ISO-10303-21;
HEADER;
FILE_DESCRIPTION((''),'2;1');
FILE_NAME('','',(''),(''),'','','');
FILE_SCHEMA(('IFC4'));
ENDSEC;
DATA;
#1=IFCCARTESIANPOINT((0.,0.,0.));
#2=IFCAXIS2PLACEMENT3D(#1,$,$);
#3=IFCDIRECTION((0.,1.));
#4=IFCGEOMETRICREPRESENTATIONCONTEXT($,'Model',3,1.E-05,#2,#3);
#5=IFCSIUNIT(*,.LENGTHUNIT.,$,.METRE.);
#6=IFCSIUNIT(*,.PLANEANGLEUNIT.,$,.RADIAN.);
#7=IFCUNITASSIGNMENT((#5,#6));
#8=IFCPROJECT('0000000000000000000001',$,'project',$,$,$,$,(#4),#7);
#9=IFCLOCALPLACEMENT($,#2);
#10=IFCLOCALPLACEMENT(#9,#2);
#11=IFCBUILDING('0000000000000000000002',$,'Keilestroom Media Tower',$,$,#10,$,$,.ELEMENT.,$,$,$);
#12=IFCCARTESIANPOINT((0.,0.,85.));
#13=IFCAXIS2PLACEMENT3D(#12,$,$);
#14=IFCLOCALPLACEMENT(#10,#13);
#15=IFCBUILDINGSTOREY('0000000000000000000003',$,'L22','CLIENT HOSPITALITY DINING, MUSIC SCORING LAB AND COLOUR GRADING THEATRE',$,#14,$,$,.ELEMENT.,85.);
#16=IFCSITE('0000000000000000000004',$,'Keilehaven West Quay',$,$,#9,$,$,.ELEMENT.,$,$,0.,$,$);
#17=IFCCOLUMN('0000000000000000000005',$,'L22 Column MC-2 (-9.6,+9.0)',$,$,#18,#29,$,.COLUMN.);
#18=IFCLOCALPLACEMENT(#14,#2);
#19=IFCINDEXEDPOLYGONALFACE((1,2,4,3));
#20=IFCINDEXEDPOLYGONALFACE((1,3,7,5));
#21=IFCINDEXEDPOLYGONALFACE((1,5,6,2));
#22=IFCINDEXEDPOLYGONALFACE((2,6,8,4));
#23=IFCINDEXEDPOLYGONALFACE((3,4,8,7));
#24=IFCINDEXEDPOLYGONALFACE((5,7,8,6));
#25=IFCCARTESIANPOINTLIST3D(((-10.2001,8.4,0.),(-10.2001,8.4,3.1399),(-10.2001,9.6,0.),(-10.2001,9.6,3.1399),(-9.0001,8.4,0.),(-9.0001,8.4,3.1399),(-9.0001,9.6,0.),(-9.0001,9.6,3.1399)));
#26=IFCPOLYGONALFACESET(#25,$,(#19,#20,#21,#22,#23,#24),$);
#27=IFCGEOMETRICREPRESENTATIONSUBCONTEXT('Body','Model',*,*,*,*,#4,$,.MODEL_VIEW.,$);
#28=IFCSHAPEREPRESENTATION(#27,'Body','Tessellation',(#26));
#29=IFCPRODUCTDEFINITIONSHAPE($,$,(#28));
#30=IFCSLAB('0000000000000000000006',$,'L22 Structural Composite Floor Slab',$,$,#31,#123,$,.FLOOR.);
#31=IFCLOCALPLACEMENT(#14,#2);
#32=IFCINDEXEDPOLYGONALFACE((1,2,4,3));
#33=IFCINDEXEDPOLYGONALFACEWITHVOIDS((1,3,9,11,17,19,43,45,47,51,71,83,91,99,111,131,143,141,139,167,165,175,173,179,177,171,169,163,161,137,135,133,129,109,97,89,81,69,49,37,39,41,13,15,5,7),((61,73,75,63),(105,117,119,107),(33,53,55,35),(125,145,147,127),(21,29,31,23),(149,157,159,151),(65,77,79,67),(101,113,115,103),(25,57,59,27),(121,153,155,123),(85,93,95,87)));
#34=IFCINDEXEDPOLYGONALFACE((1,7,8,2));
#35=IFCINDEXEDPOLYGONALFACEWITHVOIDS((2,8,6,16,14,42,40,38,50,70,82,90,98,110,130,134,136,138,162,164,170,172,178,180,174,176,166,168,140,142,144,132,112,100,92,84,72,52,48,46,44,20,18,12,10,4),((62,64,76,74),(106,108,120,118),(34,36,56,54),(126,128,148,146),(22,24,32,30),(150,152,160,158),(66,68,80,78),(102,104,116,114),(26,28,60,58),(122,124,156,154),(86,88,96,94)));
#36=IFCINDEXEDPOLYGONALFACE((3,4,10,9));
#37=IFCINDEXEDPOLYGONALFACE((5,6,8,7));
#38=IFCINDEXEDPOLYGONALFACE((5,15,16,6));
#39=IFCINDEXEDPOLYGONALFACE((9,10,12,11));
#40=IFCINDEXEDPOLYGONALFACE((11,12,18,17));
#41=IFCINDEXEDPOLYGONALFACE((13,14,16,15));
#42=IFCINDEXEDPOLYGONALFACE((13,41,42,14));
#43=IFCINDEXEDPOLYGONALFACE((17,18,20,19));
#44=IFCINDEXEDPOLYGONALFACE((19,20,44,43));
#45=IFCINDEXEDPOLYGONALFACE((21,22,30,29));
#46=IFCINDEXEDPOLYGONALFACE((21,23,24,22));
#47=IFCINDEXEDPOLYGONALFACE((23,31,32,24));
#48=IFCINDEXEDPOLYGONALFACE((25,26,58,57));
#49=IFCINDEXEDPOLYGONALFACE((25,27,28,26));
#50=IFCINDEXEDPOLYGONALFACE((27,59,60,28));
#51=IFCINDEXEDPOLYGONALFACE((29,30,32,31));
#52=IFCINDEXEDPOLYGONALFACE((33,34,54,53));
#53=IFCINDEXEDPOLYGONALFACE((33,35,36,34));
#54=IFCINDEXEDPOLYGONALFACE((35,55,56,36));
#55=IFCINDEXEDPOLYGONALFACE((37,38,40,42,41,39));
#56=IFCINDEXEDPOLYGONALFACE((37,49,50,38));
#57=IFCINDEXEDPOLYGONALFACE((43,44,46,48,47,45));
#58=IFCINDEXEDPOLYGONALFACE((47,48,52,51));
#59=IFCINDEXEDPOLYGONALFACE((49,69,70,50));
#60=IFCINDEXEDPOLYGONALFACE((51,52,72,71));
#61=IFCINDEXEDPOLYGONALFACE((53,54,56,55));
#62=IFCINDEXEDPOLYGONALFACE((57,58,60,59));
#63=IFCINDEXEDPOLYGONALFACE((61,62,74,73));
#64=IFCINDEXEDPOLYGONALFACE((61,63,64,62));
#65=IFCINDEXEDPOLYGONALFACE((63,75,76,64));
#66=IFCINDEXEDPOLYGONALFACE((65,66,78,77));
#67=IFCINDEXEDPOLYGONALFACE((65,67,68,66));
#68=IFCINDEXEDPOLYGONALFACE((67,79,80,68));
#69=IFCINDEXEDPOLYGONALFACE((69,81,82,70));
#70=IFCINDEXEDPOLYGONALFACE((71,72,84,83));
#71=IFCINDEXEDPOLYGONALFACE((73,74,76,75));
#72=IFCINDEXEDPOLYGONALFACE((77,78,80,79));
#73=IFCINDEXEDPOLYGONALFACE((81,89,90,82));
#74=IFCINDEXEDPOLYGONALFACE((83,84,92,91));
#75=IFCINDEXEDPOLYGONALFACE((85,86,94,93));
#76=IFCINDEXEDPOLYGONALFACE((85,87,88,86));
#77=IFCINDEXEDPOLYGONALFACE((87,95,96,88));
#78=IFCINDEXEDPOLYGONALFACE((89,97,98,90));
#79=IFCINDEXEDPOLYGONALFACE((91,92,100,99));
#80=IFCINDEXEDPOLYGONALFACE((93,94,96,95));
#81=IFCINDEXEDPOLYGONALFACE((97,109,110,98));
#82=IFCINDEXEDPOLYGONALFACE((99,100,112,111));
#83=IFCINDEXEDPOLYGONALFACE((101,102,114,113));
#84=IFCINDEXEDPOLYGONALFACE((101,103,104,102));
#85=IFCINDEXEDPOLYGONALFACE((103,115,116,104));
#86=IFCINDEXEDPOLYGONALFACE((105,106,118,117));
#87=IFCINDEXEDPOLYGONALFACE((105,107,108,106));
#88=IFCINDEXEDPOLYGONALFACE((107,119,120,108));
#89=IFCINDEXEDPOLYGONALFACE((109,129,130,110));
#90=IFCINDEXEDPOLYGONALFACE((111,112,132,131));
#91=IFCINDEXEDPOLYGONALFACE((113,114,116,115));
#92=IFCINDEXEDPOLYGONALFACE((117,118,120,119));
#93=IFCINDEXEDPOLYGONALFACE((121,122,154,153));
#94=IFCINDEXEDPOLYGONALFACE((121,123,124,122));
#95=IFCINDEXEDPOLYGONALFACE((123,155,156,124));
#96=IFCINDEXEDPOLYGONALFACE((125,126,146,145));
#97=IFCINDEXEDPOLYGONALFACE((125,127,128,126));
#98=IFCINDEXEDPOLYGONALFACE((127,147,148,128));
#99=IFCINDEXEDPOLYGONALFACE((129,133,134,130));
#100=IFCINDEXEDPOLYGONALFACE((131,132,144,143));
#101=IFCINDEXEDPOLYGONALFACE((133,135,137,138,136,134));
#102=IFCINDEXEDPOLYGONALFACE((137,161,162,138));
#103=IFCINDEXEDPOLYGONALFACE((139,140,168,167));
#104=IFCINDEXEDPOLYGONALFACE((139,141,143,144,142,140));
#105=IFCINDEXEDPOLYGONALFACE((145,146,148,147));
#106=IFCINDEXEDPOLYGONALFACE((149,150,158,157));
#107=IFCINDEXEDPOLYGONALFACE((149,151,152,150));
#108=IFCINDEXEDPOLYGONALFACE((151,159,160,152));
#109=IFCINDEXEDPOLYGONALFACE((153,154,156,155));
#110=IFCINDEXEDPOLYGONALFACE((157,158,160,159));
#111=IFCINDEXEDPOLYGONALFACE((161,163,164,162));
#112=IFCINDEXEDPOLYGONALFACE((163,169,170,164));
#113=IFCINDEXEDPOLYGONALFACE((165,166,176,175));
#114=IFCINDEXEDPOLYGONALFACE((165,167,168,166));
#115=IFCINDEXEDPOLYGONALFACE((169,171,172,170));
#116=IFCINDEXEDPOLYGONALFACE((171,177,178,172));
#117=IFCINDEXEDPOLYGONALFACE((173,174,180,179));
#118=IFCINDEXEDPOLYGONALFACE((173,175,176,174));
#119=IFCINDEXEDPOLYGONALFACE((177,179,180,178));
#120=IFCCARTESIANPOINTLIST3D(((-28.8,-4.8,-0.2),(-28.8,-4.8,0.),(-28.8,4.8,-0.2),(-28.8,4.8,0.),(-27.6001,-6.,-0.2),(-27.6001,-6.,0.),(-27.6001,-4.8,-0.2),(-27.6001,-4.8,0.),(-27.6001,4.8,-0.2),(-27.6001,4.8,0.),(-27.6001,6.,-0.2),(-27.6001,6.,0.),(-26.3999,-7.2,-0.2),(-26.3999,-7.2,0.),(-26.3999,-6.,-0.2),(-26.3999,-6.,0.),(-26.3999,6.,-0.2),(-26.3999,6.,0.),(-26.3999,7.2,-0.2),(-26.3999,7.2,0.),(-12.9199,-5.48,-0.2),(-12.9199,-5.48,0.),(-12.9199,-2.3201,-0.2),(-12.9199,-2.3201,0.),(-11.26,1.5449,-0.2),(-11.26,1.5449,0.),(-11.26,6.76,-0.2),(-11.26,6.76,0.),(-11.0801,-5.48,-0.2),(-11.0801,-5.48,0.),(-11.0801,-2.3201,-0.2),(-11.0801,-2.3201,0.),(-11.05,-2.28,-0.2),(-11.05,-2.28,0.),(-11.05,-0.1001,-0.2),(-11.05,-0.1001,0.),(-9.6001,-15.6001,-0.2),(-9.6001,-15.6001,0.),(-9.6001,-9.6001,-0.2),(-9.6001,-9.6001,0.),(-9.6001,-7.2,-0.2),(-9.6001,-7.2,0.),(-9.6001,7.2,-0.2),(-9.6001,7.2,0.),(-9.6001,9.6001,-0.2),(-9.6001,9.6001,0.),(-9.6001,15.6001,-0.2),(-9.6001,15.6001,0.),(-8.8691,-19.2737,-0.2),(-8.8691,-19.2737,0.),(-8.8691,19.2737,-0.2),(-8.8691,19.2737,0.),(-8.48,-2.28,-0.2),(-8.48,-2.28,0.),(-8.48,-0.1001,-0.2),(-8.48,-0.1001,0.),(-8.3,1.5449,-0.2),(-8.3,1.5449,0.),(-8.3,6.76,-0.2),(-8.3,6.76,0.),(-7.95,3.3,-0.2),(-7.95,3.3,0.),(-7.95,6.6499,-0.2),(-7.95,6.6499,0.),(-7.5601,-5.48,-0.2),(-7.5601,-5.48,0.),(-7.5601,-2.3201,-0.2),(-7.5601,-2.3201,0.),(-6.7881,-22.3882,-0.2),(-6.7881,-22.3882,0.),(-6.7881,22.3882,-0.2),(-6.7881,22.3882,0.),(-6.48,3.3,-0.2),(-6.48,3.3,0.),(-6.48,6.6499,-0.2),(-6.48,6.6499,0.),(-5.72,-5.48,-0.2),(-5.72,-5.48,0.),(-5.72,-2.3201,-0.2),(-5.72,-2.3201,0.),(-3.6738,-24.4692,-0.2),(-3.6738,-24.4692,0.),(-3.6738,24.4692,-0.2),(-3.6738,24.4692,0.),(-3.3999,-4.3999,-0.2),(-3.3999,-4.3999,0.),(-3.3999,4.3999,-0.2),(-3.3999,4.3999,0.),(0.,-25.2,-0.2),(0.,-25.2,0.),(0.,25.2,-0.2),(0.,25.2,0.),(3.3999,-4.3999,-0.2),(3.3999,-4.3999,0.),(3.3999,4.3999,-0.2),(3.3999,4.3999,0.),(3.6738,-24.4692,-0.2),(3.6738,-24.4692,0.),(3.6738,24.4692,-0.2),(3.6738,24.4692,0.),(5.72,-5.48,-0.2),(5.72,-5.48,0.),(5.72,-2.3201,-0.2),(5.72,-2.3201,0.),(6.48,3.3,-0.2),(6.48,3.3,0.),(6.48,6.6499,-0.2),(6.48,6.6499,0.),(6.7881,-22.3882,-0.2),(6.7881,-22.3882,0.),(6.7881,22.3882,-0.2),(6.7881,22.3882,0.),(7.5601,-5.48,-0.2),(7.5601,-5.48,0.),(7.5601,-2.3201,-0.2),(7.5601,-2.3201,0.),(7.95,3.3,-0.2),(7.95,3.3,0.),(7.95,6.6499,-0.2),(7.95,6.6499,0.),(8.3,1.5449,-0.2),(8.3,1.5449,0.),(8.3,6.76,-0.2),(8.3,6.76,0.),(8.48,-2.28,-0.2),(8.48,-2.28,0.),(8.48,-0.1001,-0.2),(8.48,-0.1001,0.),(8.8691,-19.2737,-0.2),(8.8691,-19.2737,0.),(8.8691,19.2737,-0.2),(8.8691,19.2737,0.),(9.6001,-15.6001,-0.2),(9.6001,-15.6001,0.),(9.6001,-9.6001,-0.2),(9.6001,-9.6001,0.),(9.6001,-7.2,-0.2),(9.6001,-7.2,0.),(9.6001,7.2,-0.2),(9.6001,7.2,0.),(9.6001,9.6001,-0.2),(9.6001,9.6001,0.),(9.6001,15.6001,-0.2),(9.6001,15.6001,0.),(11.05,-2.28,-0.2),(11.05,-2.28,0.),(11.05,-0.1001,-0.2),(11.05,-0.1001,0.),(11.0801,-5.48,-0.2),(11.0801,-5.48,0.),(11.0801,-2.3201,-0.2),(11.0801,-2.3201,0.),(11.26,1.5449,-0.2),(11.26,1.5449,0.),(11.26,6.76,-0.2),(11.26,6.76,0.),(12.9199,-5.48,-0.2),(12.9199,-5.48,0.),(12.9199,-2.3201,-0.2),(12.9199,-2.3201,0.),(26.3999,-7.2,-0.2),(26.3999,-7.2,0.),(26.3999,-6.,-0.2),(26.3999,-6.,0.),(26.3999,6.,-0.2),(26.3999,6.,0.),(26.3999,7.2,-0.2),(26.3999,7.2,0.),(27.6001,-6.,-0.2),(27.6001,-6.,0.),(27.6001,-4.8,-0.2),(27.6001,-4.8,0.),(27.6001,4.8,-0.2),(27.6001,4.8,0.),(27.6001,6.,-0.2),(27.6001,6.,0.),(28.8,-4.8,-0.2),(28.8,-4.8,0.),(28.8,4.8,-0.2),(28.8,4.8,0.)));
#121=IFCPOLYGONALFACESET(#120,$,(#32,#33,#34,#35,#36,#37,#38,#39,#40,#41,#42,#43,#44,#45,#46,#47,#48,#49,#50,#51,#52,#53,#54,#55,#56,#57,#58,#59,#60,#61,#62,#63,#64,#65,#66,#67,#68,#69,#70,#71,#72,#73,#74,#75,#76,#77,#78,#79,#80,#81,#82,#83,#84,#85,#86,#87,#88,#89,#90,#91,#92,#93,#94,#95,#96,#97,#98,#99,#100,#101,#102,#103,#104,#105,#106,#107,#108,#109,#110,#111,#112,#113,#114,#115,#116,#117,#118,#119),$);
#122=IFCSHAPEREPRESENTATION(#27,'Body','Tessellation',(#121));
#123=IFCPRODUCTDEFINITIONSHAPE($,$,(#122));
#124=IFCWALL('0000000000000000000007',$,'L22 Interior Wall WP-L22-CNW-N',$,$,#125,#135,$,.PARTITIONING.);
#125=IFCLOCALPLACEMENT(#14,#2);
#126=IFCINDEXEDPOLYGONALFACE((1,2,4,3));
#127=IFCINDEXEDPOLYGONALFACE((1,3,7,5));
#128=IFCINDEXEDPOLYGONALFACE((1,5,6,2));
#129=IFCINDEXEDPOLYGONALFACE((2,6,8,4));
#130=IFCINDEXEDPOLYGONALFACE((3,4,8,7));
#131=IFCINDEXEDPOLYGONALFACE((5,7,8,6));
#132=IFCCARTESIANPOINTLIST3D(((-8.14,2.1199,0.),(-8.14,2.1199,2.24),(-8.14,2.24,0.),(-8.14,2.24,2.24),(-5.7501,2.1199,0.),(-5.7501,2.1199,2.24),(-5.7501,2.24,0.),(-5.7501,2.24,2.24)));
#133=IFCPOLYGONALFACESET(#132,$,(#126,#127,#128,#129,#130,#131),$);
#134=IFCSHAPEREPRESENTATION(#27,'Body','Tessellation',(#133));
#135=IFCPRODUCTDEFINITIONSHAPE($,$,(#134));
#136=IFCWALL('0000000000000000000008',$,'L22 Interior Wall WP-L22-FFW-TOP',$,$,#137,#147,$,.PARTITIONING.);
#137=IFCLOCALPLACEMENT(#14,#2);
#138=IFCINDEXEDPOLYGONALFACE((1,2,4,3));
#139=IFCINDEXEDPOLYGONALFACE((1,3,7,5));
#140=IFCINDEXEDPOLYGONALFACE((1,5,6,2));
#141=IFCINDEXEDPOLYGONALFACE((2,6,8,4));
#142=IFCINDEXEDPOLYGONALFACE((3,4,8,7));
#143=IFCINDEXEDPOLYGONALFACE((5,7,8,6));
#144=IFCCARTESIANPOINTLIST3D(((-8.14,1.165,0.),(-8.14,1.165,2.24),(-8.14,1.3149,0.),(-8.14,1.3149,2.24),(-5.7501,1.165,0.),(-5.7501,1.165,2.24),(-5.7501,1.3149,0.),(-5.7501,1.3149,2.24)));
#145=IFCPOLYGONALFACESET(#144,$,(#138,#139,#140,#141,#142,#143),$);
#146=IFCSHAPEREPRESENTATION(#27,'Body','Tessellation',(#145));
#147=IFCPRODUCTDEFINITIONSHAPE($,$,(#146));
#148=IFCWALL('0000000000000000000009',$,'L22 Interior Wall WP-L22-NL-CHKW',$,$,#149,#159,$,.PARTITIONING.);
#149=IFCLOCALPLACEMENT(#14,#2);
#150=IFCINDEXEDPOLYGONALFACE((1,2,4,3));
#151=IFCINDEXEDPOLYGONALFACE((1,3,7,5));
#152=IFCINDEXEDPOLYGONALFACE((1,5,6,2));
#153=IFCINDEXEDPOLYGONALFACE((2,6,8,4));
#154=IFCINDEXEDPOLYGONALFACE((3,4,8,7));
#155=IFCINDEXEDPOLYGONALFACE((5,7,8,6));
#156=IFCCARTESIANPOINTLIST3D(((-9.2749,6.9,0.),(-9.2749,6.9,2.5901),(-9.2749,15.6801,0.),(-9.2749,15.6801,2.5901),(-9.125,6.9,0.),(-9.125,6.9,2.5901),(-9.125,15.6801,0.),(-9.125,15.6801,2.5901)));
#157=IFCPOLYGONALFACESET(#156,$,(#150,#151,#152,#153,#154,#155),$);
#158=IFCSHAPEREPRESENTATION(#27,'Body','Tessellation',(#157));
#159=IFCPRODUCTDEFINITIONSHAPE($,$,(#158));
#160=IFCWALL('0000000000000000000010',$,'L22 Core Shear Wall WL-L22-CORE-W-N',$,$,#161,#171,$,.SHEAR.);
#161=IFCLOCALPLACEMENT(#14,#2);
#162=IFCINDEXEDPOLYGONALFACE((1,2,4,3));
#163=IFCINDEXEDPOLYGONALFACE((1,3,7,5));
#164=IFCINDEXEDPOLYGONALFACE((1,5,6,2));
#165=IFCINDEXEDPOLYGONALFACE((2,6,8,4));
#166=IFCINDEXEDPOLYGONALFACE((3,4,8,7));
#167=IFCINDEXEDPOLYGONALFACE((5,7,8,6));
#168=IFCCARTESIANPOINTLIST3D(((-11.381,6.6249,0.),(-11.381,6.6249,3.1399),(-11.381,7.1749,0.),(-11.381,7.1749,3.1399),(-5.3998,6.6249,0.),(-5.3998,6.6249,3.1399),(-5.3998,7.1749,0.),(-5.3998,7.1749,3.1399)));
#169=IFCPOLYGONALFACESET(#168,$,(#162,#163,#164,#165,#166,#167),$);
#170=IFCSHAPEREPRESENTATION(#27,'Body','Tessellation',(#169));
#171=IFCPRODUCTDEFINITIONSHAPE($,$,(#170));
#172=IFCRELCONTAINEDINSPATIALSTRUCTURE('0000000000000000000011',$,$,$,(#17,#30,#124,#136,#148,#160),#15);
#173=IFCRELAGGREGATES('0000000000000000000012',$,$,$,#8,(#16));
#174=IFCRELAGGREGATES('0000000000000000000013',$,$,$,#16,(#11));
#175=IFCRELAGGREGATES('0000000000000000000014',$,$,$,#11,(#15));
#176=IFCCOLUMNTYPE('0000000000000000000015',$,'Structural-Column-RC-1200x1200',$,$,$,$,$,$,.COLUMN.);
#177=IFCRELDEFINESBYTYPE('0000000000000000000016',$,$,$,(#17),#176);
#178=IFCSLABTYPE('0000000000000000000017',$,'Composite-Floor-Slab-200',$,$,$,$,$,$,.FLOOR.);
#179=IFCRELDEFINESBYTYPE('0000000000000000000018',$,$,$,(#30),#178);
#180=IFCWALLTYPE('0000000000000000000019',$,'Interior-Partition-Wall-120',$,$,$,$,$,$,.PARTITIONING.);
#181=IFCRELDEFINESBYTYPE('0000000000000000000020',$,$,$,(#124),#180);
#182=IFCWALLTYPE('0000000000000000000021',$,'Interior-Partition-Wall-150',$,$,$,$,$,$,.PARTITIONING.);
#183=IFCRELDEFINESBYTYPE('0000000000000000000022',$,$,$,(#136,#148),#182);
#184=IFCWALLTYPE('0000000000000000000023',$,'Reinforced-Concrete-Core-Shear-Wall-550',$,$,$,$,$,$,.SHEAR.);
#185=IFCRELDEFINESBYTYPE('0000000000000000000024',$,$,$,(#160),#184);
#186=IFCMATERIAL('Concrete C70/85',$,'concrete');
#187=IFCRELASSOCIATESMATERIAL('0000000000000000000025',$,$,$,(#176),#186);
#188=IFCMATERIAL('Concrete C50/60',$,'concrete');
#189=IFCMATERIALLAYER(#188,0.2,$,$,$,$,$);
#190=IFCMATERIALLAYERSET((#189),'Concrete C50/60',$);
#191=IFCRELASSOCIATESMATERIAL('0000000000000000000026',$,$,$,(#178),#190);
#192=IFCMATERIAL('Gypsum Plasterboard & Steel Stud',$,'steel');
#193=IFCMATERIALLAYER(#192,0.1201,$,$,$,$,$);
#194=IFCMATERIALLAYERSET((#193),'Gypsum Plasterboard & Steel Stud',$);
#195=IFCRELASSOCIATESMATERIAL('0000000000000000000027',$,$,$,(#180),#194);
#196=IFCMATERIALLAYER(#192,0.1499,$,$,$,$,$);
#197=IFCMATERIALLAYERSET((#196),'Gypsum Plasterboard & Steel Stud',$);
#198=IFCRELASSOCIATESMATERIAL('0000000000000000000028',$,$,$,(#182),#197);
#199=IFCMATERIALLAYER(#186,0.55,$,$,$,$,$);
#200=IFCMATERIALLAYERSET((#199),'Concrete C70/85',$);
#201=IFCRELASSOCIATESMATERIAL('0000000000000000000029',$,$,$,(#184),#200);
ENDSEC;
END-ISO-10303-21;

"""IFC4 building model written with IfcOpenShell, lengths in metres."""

from ifc_helpers import new_model, si_unit, direction, frame, frame_2d, origin, origin_2d, place, context, subcontext, project, spatial, polyline, rectangle, outline, extrude, source, transform, mapped, material, layer, layer_set, material_profile, profile_set, type_object, element, save


model = new_model("IFC4")

# Units and contexts
model_context = context("Model", 3, precision=1e-05, world=origin(), true_north=direction((0.0, 1.0)))
body_context = subcontext(model_context, "Body", "Model", "MODEL_VIEW")
ifc_project = project(units=[si_unit("LENGTHUNIT", "METRE"), si_unit("PLANEANGLEUNIT", "RADIAN")], contexts=[model_context])

# Site, building, storey
site_placement = place(None, origin())
site = spatial("IfcSite", under=ifc_project, at=site_placement, Name="Keilehaven West Quay", CompositionType="ELEMENT", RefElevation=0.0)
building_placement = place(site_placement, origin())
building = spatial("IfcBuilding", under=site, at=building_placement, Name="Keilestroom Media Tower", CompositionType="ELEMENT")
storey_placement = place(building_placement, frame((0.0, 0.0, 85.0)))
storey = spatial("IfcBuildingStorey", under=building, at=storey_placement, Name="L22", Description="CLIENT HOSPITALITY DINING, MUSIC SCORING LAB AND COLOUR GRADING THEATRE", CompositionType="ELEMENT", Elevation=85.0)

# Column
ifc_material_1 = material(Name="Concrete C70/85", Category="concrete")
ifc_material_profile = material_profile(ifc_material_1, rectangle(XDim=1.2, YDim=1.2, at=origin_2d()), Name="RC 1200x1200")
ifc_profile_set = profile_set([ifc_material_profile], Name="Concrete C70/85")
column_type = type_object("IfcColumnType", Name="Structural-Column-RC-1200x1200", PredefinedType="COLUMN", material=ifc_profile_set)
shared_shape_1 = source(origin(), body_context, "Body", "SweptSolid", [
    extrude(rectangle(XDim=1.2, YDim=1.2, at=origin_2d()), origin(), (0.0, 0.0, 1.0), 3.1399),
])
column_placement = place(storey_placement, frame((-9.6001, 9.0, 0.0), z_axis=(0.0, 0.0, 1.0), x_axis=(1.0, 0.0, 0.0)))
element("IfcColumn", 1, at=column_placement, inside=storey, type_object=column_type, Name="L22 Column MC-2 (-9.6,+9.0)", PredefinedType="COLUMN", context=body_context, shape_type="MappedRepresentation", body=[
    mapped(shared_shape_1, transform((0.0, 0.0, 0.0), x_axis=(1.0, 0.0, 0.0), y_axis=(0.0, 1.0, 0.0), z_axis=(0.0, 0.0, 1.0), scale=1.0)),
])

# Slab
ifc_material_2 = material(Name="Concrete C50/60", Category="concrete")
ifc_layer_1 = layer(ifc_material_2, 0.2)
ifc_layer_set_1 = layer_set([ifc_layer_1], Name="Concrete C50/60")
slab_type = type_object("IfcSlabType", Name="Composite-Floor-Slab-200", PredefinedType="FLOOR", material=ifc_layer_set_1)
slab_placement = place(storey_placement, frame((0.0, 0.0, -0.2)))
element("IfcSlab", 2, at=slab_placement, inside=storey, type_object=slab_type, Name="L22 Structural Composite Floor Slab", PredefinedType="FLOOR", context=body_context, shape_type="SweptSolid", body=[
    extrude(outline(polyline([(28.8, -4.8), (28.8, 4.8), (27.6001, 4.8), (27.6001, 6.0), (26.3999, 6.0), (26.3999, 7.2), (9.6001, 7.2), (9.6001, 9.6001), (9.6001, 15.6001), (8.8691, 19.2737), (6.7881, 22.3882), (3.6738, 24.4692), (0.0, 25.2), (-3.6738, 24.4692), (-6.7881, 22.3882), (-8.8691, 19.2737), (-9.6001, 15.6001), (-9.6001, 9.6001), (-9.6001, 7.2), (-26.3999, 7.2), (-26.3999, 6.0), (-27.6001, 6.0), (-27.6001, 4.8), (-28.8, 4.8), (-28.8, -4.8), (-27.6001, -4.8), (-27.6001, -6.0), (-26.3999, -6.0), (-26.3999, -7.2), (-9.6001, -7.2), (-9.6001, -9.6001), (-9.6001, -15.6001), (-8.8691, -19.2737), (-6.7881, -22.3882), (-3.6738, -24.4692), (0.0, -25.2), (3.6738, -24.4692), (6.7881, -22.3882), (8.8691, -19.2737), (9.6001, -15.6001), (9.6001, -9.6001), (9.6001, -7.2), (26.3999, -7.2), (26.3999, -6.0), (27.6001, -6.0), (27.6001, -4.8), (28.8, -4.8)]), holes=[polyline([(-12.9199, -5.48), (-12.9199, -2.3201), (-11.0801, -2.3201), (-11.0801, -5.48), (-12.9199, -5.48)]), polyline([(-11.26, 1.5449), (-11.26, 6.76), (-8.3, 6.76), (-8.3, 1.5449), (-11.26, 1.5449)]), polyline([(-11.05, -2.28), (-11.05, -0.1001), (-8.48, -0.1001), (-8.48, -2.28), (-11.05, -2.28)]), polyline([(-7.95, 3.3), (-7.95, 6.6499), (-6.48, 6.6499), (-6.48, 3.3), (-7.95, 3.3)]), polyline([(-7.5601, -5.48), (-7.5601, -2.3201), (-5.72, -2.3201), (-5.72, -5.48), (-7.5601, -5.48)]), polyline([(-3.3999, -4.3999), (-3.3999, 4.3999), (3.3999, 4.3999), (3.3999, -4.3999), (-3.3999, -4.3999)]), polyline([(5.72, -5.48), (5.72, -2.3201), (7.5601, -2.3201), (7.5601, -5.48), (5.72, -5.48)]), polyline([(7.95, 6.6499), (7.95, 3.3), (6.48, 3.3), (6.48, 6.6499), (7.95, 6.6499)]), polyline([(8.3, 6.76), (11.26, 6.76), (11.26, 1.5449), (8.3, 1.5449), (8.3, 6.76)]), polyline([(8.48, -2.28), (8.48, -0.1001), (11.05, -0.1001), (11.05, -2.28), (8.48, -2.28)]), polyline([(12.9199, -5.48), (11.0801, -5.48), (11.0801, -2.3201), (12.9199, -2.3201), (12.9199, -5.48)])]), origin(), (0.0, 0.0, 1.0), 0.2),
])

# Walls
ifc_material_3 = material(Name="Gypsum Plasterboard & Steel Stud", Category="steel")
ifc_layer_2 = layer(ifc_material_3, 0.1201)
ifc_layer_set_2 = layer_set([ifc_layer_2], Name="Gypsum Plasterboard & Steel Stud")
wall_type_1 = type_object("IfcWallType", Name="Interior-Partition-Wall-120", PredefinedType="PARTITIONING", material=ifc_layer_set_2)
wall_1_placement = place(storey_placement, frame((-8.1399, 2.1799, 0.0), z_axis=(0.0, 0.0, 1.0), x_axis=(1.0, 0.0, 0.0)))
element("IfcWall", 3, at=wall_1_placement, inside=storey, type_object=wall_type_1, Name="L22 Interior Wall WP-L22-CNW-N", PredefinedType="PARTITIONING", context=body_context, shape_type="SweptSolid", body=[
    extrude(rectangle(XDim=2.3899, YDim=0.1201, at=frame_2d((1.1948, 0.0))), origin(), (0.0, 0.0, 1.0), 2.24),
])
ifc_layer_3 = layer(ifc_material_3, 0.1499)
ifc_layer_set_3 = layer_set([ifc_layer_3], Name="Gypsum Plasterboard & Steel Stud")
wall_type_2 = type_object("IfcWallType", Name="Interior-Partition-Wall-150", PredefinedType="PARTITIONING", material=ifc_layer_set_3)
wall_2_placement = place(storey_placement, frame((-8.1399, 1.24, 0.0), z_axis=(0.0, 0.0, 1.0), x_axis=(1.0, 0.0, 0.0)))
element("IfcWall", 4, at=wall_2_placement, inside=storey, type_object=wall_type_2, Name="L22 Interior Wall WP-L22-FFW-TOP", PredefinedType="PARTITIONING", context=body_context, shape_type="SweptSolid", body=[
    extrude(rectangle(XDim=2.3899, YDim=0.1499, at=frame_2d((1.1948, 0.0))), origin(), (0.0, 0.0, 1.0), 2.24),
])
wall_3_placement = place(storey_placement, frame((-9.2, 6.8999, 0.0), z_axis=(0.0, 0.0, 1.0), x_axis=(0.0, 1.0, 0.0)))
element("IfcWall", 5, at=wall_3_placement, inside=storey, type_object=wall_type_2, Name="L22 Interior Wall WP-L22-NL-CHKW", PredefinedType="PARTITIONING", context=body_context, shape_type="SweptSolid", body=[
    extrude(rectangle(XDim=8.78, YDim=0.1499, at=frame_2d((4.3901, 0.0))), origin(), (0.0, 0.0, 1.0), 2.5901),
])
ifc_layer_4 = layer(ifc_material_1, 0.55)
ifc_layer_set_4 = layer_set([ifc_layer_4], Name="Concrete C70/85")
wall_type_3 = type_object("IfcWallType", Name="Reinforced-Concrete-Core-Shear-Wall-550", PredefinedType="SHEAR", material=ifc_layer_set_4)
wall_4_placement = place(storey_placement, frame((-11.3811, 6.8999, 0.0), z_axis=(0.0, 0.0, 1.0), x_axis=(1.0, 0.0, 0.0)))
element("IfcWall", 6, at=wall_4_placement, inside=storey, type_object=wall_type_3, Name="L22 Core Shear Wall WL-L22-CORE-W-N", PredefinedType="SHEAR", context=body_context, shape_type="SweptSolid", body=[
    extrude(rectangle(XDim=5.9812, YDim=0.55, at=frame_2d((2.9907, 0.0))), origin(), (0.0, 0.0, 1.0), 3.1399),
])

save(model, "model.ifc")
